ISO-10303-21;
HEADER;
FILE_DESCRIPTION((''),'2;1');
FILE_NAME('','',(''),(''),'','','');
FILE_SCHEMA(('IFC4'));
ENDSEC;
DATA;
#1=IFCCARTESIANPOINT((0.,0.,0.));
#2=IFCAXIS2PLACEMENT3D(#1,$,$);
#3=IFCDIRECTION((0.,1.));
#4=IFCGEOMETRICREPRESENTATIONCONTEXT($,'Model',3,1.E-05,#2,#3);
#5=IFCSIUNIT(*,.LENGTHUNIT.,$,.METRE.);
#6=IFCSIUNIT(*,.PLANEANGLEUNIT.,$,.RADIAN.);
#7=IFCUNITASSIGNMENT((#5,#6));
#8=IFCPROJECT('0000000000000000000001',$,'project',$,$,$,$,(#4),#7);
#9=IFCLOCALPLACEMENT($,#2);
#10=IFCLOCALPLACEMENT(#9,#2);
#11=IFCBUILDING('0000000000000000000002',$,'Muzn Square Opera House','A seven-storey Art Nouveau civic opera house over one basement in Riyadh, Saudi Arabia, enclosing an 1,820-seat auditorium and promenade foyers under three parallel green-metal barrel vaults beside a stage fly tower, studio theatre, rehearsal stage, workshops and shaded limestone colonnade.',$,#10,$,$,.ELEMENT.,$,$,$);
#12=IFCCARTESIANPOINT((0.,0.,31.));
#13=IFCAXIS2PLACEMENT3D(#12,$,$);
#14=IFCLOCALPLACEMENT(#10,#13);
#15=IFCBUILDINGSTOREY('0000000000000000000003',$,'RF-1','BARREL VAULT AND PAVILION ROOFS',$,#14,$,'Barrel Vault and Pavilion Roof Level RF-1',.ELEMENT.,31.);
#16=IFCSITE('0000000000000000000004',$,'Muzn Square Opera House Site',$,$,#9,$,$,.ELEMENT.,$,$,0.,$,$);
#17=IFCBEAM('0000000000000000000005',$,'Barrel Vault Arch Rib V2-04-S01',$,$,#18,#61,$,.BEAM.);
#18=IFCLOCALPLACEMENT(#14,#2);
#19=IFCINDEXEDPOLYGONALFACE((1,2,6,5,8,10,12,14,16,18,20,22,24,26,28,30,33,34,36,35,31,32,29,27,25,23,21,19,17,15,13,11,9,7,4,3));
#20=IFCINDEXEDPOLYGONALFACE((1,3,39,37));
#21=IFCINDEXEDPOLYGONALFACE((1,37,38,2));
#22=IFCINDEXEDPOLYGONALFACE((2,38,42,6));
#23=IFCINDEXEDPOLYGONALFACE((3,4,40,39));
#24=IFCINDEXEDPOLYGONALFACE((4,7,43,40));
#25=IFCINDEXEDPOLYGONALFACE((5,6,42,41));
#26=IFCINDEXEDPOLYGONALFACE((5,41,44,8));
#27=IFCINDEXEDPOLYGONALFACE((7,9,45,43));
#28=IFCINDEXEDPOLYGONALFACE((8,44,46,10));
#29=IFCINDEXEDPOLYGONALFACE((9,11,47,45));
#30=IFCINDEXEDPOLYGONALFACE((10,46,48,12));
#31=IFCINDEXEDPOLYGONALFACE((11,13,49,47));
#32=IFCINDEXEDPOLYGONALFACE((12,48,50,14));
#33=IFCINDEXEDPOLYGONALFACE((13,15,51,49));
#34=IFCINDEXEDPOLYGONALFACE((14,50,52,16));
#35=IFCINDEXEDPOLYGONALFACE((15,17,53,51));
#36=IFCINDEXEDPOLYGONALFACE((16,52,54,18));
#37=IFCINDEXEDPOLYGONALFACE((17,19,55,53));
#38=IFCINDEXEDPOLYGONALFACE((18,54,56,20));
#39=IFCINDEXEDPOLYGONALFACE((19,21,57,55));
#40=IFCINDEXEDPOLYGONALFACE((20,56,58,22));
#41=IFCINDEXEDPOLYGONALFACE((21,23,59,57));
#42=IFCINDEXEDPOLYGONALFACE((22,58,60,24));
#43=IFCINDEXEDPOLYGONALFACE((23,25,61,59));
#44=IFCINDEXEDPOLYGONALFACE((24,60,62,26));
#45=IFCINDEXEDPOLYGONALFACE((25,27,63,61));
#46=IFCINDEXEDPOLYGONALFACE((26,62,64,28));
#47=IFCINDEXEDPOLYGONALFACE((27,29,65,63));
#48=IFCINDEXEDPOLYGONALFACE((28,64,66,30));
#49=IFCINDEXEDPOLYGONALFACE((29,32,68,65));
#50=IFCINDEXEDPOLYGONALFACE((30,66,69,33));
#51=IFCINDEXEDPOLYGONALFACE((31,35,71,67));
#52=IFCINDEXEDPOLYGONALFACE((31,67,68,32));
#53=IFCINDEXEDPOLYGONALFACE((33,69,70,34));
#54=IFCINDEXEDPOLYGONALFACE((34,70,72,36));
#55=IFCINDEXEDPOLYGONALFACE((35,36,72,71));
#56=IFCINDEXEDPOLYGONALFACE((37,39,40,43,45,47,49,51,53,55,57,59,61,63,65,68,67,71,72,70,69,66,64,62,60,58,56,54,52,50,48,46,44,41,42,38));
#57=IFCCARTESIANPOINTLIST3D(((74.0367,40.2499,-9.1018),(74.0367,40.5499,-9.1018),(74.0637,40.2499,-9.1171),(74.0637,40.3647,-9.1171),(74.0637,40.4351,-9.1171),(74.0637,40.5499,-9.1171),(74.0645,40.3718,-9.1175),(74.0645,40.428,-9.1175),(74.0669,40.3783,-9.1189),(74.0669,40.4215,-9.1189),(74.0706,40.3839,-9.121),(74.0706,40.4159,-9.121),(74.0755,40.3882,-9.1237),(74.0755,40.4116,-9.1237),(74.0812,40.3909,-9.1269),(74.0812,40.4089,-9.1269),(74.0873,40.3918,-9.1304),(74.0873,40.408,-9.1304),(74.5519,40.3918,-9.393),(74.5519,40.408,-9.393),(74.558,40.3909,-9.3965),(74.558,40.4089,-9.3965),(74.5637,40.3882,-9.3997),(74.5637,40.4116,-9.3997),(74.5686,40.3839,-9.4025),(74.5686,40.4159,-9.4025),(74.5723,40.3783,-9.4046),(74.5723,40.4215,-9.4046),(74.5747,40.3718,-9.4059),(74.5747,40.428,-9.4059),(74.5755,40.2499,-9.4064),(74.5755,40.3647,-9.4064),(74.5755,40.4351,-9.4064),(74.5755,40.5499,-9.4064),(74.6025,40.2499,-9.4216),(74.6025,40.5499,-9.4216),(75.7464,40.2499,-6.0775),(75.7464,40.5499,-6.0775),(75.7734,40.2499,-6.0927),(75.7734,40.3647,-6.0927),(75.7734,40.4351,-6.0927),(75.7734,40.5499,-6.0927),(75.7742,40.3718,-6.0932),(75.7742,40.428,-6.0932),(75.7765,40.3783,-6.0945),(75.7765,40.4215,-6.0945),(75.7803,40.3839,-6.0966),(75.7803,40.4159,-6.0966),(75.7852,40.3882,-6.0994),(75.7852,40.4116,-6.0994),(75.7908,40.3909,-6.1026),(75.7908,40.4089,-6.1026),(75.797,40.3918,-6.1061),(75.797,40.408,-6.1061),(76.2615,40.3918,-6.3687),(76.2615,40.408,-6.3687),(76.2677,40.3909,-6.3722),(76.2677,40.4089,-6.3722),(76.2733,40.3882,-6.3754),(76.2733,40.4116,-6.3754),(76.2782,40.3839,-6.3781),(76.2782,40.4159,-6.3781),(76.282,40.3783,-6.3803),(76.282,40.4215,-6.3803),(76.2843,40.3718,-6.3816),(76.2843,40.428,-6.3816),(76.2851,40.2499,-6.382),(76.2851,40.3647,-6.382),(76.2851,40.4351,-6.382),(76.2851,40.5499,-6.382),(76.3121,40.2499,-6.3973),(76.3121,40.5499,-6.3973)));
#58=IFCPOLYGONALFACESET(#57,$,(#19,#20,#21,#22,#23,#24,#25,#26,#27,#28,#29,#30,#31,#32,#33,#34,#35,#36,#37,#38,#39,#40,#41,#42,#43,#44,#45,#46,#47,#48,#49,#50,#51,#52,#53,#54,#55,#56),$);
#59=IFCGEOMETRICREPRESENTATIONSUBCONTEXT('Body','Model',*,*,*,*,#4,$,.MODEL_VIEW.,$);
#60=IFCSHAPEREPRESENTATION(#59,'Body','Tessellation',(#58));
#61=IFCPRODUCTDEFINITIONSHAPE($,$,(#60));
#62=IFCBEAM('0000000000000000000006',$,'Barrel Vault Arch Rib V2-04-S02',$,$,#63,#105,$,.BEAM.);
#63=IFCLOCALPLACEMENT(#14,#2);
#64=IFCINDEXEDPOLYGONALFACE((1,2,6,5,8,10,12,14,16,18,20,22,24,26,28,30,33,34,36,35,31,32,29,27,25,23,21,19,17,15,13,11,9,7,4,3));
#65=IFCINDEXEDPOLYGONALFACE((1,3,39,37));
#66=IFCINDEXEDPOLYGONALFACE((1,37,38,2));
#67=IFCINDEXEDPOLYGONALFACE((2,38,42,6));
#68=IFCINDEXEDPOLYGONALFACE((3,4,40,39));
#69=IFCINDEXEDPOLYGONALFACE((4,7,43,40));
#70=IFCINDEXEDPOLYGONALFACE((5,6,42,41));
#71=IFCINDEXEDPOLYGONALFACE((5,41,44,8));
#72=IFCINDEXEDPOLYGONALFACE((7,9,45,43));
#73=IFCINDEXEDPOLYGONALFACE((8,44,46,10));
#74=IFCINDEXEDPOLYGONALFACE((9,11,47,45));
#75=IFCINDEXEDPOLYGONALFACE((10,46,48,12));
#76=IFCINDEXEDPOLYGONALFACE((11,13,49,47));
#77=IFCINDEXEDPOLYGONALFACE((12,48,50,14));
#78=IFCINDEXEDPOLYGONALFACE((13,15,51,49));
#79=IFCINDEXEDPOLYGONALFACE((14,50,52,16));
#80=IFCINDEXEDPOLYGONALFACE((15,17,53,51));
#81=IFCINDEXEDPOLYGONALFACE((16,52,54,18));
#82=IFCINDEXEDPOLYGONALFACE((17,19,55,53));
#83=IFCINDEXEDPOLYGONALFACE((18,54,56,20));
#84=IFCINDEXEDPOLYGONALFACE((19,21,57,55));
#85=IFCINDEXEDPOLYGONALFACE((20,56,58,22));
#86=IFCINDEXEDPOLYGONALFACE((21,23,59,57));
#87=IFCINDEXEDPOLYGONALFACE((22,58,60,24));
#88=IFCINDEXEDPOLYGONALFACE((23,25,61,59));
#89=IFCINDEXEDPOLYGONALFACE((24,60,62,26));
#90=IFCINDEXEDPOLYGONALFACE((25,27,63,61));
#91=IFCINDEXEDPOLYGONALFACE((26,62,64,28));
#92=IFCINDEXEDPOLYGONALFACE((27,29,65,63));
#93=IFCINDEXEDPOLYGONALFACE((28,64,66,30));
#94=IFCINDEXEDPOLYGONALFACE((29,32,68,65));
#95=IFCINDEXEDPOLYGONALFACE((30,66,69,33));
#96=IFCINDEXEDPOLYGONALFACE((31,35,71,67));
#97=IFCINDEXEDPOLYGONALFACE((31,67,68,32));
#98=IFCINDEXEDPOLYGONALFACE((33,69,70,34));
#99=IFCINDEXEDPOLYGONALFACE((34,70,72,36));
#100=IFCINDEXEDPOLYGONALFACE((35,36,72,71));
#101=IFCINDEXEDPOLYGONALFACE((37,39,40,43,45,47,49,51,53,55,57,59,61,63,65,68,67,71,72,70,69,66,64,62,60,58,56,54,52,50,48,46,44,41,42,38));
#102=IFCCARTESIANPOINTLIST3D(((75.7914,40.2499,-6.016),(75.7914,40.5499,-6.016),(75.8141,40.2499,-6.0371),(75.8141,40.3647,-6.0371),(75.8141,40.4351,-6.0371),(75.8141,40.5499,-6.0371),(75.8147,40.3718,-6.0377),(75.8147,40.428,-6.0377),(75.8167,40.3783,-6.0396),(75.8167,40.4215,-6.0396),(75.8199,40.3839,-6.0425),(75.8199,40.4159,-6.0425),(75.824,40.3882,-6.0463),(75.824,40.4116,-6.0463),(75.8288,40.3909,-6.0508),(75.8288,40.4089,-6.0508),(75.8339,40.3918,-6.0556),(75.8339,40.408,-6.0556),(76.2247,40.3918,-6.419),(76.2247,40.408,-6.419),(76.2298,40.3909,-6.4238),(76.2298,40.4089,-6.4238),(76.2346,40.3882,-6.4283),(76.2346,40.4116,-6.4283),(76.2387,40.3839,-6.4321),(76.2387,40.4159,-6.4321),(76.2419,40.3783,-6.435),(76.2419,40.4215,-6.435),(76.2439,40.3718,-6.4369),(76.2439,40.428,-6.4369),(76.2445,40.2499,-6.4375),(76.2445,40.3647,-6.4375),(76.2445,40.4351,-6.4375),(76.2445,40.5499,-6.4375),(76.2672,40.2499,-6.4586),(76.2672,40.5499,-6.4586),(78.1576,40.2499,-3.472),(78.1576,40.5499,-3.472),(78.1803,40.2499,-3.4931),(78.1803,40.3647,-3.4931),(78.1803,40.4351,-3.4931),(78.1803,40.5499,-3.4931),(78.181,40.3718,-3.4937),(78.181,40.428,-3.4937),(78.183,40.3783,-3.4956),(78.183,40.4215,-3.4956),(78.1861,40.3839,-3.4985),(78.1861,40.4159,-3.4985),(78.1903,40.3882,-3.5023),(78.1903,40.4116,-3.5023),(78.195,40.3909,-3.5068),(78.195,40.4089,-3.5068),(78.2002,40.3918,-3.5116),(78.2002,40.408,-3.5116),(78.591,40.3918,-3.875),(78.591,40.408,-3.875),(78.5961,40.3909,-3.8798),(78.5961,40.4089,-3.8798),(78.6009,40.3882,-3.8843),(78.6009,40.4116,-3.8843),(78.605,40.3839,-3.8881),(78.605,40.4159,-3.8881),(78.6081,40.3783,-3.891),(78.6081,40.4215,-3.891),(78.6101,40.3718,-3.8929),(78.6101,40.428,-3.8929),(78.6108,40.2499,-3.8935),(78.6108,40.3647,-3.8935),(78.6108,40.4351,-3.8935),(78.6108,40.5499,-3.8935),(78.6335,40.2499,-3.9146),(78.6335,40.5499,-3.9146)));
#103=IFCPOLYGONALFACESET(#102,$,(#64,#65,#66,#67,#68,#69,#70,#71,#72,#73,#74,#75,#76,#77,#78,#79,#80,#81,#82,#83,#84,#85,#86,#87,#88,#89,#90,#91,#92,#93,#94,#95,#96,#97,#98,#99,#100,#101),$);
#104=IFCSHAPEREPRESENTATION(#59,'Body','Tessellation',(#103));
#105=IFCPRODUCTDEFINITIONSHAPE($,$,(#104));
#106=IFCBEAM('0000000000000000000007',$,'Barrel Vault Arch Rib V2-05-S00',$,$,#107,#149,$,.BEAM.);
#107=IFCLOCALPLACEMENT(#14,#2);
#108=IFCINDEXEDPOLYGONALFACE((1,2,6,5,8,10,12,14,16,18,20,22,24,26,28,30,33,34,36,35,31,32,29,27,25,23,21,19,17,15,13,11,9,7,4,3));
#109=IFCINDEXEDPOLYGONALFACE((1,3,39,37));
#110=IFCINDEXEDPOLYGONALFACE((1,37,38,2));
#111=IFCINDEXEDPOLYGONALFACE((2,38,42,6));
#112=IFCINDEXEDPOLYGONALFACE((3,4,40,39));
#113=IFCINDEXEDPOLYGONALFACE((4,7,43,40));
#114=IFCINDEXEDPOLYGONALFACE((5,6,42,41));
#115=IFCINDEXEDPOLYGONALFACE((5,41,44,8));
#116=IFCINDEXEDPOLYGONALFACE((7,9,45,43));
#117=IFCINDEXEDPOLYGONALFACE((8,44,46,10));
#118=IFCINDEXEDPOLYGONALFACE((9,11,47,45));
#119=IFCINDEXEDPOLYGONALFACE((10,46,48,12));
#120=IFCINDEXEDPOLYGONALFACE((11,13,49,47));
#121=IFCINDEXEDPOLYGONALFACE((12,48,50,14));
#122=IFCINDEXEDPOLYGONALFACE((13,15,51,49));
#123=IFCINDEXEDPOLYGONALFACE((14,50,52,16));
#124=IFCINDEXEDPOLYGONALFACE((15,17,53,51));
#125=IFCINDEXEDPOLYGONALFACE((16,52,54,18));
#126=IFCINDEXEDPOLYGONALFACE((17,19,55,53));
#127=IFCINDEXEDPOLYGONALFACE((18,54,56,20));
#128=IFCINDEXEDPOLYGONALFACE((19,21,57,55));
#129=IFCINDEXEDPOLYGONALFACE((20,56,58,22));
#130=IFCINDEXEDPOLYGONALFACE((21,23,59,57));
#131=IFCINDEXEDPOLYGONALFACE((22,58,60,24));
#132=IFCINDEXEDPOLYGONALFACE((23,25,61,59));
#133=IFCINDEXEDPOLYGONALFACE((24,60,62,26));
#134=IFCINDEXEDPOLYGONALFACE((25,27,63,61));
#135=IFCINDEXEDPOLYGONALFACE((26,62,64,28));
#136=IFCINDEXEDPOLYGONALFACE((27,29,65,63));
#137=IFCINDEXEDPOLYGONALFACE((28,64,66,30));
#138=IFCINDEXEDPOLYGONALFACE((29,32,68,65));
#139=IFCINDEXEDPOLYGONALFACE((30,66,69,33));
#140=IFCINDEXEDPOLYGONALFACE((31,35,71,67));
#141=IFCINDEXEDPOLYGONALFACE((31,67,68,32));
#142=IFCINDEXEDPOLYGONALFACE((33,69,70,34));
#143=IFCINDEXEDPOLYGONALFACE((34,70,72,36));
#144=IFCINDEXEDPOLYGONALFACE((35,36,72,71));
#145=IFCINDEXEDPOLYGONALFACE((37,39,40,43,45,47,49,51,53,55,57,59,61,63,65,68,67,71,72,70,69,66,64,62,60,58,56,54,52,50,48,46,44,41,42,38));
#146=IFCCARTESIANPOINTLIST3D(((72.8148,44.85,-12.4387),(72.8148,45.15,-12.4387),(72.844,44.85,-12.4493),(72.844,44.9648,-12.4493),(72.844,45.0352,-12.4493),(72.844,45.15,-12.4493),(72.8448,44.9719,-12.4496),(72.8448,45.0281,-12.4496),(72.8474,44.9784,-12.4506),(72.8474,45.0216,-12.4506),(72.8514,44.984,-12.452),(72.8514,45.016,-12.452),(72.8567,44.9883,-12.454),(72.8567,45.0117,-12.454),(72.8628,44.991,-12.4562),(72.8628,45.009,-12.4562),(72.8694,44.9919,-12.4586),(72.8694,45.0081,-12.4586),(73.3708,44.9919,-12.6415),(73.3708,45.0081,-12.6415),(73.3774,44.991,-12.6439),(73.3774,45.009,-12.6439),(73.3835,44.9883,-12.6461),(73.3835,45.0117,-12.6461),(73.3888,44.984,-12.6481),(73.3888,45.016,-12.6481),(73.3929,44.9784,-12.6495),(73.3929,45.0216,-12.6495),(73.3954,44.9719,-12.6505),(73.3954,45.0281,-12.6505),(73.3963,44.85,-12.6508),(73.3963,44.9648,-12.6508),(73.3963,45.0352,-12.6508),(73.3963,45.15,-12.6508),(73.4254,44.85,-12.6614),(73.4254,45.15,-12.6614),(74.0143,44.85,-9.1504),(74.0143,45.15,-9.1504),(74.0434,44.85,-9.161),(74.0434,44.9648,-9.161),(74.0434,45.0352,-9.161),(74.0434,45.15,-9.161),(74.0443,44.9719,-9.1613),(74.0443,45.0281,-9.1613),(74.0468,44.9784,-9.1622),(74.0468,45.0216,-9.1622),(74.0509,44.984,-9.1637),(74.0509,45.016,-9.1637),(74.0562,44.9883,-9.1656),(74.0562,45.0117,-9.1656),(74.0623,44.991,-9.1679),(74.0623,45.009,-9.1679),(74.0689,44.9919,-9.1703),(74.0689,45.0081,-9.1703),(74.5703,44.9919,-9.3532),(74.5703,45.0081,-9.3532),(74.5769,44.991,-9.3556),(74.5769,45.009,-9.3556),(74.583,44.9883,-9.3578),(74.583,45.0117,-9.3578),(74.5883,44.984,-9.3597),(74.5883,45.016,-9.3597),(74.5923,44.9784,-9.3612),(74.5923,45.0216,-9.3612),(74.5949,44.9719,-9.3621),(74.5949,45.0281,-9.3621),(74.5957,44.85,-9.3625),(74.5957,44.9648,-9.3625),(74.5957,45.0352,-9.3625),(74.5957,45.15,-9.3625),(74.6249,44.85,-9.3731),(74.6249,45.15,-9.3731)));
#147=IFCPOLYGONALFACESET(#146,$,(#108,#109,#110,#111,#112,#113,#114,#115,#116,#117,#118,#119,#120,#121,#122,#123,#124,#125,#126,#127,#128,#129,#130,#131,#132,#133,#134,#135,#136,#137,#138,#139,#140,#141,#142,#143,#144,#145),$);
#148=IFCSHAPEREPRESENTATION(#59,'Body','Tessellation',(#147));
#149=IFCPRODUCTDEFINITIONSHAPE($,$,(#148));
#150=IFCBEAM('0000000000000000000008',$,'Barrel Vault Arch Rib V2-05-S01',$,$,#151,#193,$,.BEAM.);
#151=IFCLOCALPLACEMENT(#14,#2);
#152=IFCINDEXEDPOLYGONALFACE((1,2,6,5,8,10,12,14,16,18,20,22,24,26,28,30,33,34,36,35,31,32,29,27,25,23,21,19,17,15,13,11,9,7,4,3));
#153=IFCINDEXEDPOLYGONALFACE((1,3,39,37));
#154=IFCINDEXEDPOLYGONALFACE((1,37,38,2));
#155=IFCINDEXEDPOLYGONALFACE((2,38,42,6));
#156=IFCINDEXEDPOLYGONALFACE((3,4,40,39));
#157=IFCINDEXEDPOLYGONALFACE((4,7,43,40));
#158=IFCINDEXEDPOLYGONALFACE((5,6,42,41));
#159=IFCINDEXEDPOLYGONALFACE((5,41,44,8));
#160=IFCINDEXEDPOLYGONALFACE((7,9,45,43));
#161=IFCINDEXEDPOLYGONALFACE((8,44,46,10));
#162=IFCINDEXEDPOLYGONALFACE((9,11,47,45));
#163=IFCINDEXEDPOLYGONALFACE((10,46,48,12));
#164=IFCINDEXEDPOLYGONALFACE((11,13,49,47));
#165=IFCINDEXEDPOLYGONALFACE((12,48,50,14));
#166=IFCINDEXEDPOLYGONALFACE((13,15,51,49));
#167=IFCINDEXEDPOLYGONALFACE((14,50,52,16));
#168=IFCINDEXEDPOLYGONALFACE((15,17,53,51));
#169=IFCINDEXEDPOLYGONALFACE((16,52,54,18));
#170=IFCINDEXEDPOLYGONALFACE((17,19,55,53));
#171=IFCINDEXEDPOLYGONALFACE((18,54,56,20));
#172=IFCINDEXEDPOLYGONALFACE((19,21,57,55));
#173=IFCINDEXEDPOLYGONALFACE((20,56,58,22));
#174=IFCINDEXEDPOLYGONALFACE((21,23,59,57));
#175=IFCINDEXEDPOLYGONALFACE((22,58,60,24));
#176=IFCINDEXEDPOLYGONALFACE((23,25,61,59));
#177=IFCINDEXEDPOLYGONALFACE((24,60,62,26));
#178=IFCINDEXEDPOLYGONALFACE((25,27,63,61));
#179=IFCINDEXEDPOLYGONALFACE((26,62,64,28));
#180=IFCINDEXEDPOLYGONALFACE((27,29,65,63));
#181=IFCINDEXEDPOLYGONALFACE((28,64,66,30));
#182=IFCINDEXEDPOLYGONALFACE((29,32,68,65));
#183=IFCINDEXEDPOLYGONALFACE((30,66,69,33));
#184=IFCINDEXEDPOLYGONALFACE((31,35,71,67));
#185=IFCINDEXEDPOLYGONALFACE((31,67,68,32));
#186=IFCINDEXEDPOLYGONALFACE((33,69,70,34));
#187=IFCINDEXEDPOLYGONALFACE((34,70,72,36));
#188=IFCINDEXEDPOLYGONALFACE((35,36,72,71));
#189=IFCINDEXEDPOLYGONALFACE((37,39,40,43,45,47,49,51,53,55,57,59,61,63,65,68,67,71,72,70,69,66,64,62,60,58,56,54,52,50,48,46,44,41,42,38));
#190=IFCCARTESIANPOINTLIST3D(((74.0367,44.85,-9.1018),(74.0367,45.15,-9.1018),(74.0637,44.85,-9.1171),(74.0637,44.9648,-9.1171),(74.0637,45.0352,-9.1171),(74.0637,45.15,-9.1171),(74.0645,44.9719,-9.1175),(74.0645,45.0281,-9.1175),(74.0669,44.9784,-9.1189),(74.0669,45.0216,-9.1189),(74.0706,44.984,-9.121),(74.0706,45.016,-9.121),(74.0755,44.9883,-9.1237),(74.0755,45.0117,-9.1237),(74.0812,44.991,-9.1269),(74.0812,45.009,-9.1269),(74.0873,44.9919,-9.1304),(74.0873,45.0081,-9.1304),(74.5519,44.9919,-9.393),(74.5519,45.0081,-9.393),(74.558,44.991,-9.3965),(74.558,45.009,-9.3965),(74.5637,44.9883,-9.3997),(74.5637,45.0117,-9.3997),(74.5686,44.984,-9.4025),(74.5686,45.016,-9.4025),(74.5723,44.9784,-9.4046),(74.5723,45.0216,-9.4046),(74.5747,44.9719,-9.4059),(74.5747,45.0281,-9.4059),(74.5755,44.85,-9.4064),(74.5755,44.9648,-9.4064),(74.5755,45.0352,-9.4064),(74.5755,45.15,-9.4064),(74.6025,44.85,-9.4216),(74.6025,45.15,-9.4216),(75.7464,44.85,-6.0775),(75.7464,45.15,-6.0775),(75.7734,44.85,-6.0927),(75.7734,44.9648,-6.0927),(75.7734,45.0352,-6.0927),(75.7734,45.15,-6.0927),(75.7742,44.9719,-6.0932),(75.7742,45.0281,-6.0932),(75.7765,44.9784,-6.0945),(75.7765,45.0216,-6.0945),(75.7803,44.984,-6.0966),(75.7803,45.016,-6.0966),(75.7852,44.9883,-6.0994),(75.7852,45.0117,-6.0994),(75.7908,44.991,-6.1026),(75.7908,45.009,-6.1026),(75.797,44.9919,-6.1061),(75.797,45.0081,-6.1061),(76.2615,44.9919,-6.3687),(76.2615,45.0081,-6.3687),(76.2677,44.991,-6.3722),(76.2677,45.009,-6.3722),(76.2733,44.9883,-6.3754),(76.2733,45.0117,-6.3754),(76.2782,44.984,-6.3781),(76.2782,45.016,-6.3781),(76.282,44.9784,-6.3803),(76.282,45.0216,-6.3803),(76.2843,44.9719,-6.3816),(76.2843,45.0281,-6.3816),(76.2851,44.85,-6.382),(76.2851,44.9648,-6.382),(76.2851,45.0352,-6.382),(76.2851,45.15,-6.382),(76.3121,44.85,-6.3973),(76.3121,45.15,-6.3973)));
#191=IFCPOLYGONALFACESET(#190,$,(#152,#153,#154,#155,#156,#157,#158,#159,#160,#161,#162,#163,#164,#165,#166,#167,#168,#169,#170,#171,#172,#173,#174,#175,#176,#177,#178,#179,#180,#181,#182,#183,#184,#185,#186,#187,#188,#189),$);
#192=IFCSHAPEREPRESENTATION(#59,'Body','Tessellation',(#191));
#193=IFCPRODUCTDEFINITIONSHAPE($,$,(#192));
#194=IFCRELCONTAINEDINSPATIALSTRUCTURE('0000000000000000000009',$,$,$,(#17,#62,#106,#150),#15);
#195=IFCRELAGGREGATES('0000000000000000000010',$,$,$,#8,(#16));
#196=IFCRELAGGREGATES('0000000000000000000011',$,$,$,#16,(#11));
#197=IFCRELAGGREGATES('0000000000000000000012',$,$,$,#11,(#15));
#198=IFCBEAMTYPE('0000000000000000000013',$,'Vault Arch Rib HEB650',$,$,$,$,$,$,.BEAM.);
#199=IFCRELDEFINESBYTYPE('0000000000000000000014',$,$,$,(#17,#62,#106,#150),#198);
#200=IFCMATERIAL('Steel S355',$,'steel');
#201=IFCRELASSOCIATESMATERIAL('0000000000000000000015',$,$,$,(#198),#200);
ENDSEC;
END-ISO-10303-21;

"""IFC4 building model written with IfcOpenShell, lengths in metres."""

from ifc_helpers import new_model, si_unit, direction, frame, origin, origin_2d, place, context, subcontext, project, spatial, i_section, extrude, material, material_profile, profile_set, type_object, element, save


model = new_model("IFC4")

# Units and contexts
model_context = context("Model", 3, precision=1e-05, world=origin(), true_north=direction((0.0, 1.0)))
body_context = subcontext(model_context, "Body", "Model", "MODEL_VIEW")
ifc_project = project(units=[si_unit("LENGTHUNIT", "METRE"), si_unit("PLANEANGLEUNIT", "RADIAN")], contexts=[model_context])

# Site, building, storey
site_placement = place(None, origin())
site = spatial("IfcSite", under=ifc_project, at=site_placement, Name="Muzn Square Opera House Site", CompositionType="ELEMENT", RefElevation=0.0)
building_placement = place(site_placement, origin())
building = spatial("IfcBuilding", under=site, at=building_placement, Name="Muzn Square Opera House", Description="A seven-storey Art Nouveau civic opera house over one basement in Riyadh, Saudi Arabia, enclosing an 1,820-seat auditorium and promenade foyers under three parallel green-metal barrel vaults beside a stage fly tower, studio theatre, rehearsal stage, workshops and shaded limestone colonnade.", CompositionType="ELEMENT")
storey_placement = place(building_placement, frame((0.0, 0.0, 31.0)))
storey = spatial("IfcBuildingStorey", under=building, at=storey_placement, Name="RF-1", Description="BARREL VAULT AND PAVILION ROOFS", LongName="Barrel Vault and Pavilion Roof Level RF-1", CompositionType="ELEMENT", Elevation=31.0)

# Beams
ifc_material_1 = material(Name="Steel S355", Category="steel")
ifc_material_profile_1 = material_profile(ifc_material_1, i_section(OverallWidth=0.3, OverallDepth=0.6499, WebThickness=0.0161, FlangeThickness=0.031, FilletRadius=0.0271, at=origin_2d()), Name="HEB 650", Category="steel")
ifc_profile_set_1 = profile_set([ifc_material_profile_1], Name="Steel S355")
beam_type_1 = type_object("IfcBeamType", Name="Vault Arch Rib HEB650", PredefinedType="BEAM", material=ifc_profile_set_1)
beam_1_placement = place(storey_placement, frame((74.3196, 40.3999, -9.2617), z_axis=(0.492115, 0.0, 0.87053), x_axis=(0.0, 1.0, 0.0)))
element("IfcBeam", 1, at=beam_1_placement, inside=storey, type_object=beam_type_1, Name="Barrel Vault Arch Rib V2-04-S01", PredefinedType="BEAM", context=body_context, shape_type="SweptSolid", body=[
    extrude(i_section(OverallWidth=0.3, OverallDepth=0.6499, WebThickness=0.0161, FlangeThickness=0.031, FilletRadius=0.0271, at=origin_2d()), origin(), (0.0, 0.0, 1.0), 3.4741),
])
beam_2_placement = place(storey_placement, frame((76.0293, 40.3999, -6.2373), z_axis=(0.681065, 0.0, 0.732223), x_axis=(0.0, 1.0, 0.0)))
element("IfcBeam", 2, at=beam_2_placement, inside=storey, type_object=beam_type_1, Name="Barrel Vault Arch Rib V2-04-S02", PredefinedType="BEAM", context=body_context, shape_type="SweptSolid", body=[
    extrude(i_section(OverallWidth=0.3, OverallDepth=0.6499, WebThickness=0.0161, FlangeThickness=0.031, FilletRadius=0.0271, at=origin_2d()), origin(), (0.0, 0.0, 1.0), 3.4744),
])
beam_3_placement = place(storey_placement, frame((73.1201, 45.0, -12.55), z_axis=(0.342678, 0.0, 0.939453), x_axis=(0.0, 1.0, 0.0)))
element("IfcBeam", 3, at=beam_3_placement, inside=storey, type_object=beam_type_1, Name="Barrel Vault Arch Rib V2-05-S00", PredefinedType="BEAM", context=body_context, shape_type="SweptSolid", body=[
    extrude(i_section(OverallWidth=0.3, OverallDepth=0.6499, WebThickness=0.0161, FlangeThickness=0.031, FilletRadius=0.0271, at=origin_2d()), origin(), (0.0, 0.0, 1.0), 3.5002),
])
beam_4_placement = place(storey_placement, frame((74.3196, 45.0, -9.2617), z_axis=(0.492115, 0.0, 0.87053), x_axis=(0.0, 1.0, 0.0)))
element("IfcBeam", 4, at=beam_4_placement, inside=storey, type_object=beam_type_1, Name="Barrel Vault Arch Rib V2-05-S01", PredefinedType="BEAM", context=body_context, shape_type="SweptSolid", body=[
    extrude(i_section(OverallWidth=0.3, OverallDepth=0.6499, WebThickness=0.0161, FlangeThickness=0.031, FilletRadius=0.0271, at=origin_2d()), origin(), (0.0, 0.0, 1.0), 3.4741),
])

save(model, "model.ifc")
